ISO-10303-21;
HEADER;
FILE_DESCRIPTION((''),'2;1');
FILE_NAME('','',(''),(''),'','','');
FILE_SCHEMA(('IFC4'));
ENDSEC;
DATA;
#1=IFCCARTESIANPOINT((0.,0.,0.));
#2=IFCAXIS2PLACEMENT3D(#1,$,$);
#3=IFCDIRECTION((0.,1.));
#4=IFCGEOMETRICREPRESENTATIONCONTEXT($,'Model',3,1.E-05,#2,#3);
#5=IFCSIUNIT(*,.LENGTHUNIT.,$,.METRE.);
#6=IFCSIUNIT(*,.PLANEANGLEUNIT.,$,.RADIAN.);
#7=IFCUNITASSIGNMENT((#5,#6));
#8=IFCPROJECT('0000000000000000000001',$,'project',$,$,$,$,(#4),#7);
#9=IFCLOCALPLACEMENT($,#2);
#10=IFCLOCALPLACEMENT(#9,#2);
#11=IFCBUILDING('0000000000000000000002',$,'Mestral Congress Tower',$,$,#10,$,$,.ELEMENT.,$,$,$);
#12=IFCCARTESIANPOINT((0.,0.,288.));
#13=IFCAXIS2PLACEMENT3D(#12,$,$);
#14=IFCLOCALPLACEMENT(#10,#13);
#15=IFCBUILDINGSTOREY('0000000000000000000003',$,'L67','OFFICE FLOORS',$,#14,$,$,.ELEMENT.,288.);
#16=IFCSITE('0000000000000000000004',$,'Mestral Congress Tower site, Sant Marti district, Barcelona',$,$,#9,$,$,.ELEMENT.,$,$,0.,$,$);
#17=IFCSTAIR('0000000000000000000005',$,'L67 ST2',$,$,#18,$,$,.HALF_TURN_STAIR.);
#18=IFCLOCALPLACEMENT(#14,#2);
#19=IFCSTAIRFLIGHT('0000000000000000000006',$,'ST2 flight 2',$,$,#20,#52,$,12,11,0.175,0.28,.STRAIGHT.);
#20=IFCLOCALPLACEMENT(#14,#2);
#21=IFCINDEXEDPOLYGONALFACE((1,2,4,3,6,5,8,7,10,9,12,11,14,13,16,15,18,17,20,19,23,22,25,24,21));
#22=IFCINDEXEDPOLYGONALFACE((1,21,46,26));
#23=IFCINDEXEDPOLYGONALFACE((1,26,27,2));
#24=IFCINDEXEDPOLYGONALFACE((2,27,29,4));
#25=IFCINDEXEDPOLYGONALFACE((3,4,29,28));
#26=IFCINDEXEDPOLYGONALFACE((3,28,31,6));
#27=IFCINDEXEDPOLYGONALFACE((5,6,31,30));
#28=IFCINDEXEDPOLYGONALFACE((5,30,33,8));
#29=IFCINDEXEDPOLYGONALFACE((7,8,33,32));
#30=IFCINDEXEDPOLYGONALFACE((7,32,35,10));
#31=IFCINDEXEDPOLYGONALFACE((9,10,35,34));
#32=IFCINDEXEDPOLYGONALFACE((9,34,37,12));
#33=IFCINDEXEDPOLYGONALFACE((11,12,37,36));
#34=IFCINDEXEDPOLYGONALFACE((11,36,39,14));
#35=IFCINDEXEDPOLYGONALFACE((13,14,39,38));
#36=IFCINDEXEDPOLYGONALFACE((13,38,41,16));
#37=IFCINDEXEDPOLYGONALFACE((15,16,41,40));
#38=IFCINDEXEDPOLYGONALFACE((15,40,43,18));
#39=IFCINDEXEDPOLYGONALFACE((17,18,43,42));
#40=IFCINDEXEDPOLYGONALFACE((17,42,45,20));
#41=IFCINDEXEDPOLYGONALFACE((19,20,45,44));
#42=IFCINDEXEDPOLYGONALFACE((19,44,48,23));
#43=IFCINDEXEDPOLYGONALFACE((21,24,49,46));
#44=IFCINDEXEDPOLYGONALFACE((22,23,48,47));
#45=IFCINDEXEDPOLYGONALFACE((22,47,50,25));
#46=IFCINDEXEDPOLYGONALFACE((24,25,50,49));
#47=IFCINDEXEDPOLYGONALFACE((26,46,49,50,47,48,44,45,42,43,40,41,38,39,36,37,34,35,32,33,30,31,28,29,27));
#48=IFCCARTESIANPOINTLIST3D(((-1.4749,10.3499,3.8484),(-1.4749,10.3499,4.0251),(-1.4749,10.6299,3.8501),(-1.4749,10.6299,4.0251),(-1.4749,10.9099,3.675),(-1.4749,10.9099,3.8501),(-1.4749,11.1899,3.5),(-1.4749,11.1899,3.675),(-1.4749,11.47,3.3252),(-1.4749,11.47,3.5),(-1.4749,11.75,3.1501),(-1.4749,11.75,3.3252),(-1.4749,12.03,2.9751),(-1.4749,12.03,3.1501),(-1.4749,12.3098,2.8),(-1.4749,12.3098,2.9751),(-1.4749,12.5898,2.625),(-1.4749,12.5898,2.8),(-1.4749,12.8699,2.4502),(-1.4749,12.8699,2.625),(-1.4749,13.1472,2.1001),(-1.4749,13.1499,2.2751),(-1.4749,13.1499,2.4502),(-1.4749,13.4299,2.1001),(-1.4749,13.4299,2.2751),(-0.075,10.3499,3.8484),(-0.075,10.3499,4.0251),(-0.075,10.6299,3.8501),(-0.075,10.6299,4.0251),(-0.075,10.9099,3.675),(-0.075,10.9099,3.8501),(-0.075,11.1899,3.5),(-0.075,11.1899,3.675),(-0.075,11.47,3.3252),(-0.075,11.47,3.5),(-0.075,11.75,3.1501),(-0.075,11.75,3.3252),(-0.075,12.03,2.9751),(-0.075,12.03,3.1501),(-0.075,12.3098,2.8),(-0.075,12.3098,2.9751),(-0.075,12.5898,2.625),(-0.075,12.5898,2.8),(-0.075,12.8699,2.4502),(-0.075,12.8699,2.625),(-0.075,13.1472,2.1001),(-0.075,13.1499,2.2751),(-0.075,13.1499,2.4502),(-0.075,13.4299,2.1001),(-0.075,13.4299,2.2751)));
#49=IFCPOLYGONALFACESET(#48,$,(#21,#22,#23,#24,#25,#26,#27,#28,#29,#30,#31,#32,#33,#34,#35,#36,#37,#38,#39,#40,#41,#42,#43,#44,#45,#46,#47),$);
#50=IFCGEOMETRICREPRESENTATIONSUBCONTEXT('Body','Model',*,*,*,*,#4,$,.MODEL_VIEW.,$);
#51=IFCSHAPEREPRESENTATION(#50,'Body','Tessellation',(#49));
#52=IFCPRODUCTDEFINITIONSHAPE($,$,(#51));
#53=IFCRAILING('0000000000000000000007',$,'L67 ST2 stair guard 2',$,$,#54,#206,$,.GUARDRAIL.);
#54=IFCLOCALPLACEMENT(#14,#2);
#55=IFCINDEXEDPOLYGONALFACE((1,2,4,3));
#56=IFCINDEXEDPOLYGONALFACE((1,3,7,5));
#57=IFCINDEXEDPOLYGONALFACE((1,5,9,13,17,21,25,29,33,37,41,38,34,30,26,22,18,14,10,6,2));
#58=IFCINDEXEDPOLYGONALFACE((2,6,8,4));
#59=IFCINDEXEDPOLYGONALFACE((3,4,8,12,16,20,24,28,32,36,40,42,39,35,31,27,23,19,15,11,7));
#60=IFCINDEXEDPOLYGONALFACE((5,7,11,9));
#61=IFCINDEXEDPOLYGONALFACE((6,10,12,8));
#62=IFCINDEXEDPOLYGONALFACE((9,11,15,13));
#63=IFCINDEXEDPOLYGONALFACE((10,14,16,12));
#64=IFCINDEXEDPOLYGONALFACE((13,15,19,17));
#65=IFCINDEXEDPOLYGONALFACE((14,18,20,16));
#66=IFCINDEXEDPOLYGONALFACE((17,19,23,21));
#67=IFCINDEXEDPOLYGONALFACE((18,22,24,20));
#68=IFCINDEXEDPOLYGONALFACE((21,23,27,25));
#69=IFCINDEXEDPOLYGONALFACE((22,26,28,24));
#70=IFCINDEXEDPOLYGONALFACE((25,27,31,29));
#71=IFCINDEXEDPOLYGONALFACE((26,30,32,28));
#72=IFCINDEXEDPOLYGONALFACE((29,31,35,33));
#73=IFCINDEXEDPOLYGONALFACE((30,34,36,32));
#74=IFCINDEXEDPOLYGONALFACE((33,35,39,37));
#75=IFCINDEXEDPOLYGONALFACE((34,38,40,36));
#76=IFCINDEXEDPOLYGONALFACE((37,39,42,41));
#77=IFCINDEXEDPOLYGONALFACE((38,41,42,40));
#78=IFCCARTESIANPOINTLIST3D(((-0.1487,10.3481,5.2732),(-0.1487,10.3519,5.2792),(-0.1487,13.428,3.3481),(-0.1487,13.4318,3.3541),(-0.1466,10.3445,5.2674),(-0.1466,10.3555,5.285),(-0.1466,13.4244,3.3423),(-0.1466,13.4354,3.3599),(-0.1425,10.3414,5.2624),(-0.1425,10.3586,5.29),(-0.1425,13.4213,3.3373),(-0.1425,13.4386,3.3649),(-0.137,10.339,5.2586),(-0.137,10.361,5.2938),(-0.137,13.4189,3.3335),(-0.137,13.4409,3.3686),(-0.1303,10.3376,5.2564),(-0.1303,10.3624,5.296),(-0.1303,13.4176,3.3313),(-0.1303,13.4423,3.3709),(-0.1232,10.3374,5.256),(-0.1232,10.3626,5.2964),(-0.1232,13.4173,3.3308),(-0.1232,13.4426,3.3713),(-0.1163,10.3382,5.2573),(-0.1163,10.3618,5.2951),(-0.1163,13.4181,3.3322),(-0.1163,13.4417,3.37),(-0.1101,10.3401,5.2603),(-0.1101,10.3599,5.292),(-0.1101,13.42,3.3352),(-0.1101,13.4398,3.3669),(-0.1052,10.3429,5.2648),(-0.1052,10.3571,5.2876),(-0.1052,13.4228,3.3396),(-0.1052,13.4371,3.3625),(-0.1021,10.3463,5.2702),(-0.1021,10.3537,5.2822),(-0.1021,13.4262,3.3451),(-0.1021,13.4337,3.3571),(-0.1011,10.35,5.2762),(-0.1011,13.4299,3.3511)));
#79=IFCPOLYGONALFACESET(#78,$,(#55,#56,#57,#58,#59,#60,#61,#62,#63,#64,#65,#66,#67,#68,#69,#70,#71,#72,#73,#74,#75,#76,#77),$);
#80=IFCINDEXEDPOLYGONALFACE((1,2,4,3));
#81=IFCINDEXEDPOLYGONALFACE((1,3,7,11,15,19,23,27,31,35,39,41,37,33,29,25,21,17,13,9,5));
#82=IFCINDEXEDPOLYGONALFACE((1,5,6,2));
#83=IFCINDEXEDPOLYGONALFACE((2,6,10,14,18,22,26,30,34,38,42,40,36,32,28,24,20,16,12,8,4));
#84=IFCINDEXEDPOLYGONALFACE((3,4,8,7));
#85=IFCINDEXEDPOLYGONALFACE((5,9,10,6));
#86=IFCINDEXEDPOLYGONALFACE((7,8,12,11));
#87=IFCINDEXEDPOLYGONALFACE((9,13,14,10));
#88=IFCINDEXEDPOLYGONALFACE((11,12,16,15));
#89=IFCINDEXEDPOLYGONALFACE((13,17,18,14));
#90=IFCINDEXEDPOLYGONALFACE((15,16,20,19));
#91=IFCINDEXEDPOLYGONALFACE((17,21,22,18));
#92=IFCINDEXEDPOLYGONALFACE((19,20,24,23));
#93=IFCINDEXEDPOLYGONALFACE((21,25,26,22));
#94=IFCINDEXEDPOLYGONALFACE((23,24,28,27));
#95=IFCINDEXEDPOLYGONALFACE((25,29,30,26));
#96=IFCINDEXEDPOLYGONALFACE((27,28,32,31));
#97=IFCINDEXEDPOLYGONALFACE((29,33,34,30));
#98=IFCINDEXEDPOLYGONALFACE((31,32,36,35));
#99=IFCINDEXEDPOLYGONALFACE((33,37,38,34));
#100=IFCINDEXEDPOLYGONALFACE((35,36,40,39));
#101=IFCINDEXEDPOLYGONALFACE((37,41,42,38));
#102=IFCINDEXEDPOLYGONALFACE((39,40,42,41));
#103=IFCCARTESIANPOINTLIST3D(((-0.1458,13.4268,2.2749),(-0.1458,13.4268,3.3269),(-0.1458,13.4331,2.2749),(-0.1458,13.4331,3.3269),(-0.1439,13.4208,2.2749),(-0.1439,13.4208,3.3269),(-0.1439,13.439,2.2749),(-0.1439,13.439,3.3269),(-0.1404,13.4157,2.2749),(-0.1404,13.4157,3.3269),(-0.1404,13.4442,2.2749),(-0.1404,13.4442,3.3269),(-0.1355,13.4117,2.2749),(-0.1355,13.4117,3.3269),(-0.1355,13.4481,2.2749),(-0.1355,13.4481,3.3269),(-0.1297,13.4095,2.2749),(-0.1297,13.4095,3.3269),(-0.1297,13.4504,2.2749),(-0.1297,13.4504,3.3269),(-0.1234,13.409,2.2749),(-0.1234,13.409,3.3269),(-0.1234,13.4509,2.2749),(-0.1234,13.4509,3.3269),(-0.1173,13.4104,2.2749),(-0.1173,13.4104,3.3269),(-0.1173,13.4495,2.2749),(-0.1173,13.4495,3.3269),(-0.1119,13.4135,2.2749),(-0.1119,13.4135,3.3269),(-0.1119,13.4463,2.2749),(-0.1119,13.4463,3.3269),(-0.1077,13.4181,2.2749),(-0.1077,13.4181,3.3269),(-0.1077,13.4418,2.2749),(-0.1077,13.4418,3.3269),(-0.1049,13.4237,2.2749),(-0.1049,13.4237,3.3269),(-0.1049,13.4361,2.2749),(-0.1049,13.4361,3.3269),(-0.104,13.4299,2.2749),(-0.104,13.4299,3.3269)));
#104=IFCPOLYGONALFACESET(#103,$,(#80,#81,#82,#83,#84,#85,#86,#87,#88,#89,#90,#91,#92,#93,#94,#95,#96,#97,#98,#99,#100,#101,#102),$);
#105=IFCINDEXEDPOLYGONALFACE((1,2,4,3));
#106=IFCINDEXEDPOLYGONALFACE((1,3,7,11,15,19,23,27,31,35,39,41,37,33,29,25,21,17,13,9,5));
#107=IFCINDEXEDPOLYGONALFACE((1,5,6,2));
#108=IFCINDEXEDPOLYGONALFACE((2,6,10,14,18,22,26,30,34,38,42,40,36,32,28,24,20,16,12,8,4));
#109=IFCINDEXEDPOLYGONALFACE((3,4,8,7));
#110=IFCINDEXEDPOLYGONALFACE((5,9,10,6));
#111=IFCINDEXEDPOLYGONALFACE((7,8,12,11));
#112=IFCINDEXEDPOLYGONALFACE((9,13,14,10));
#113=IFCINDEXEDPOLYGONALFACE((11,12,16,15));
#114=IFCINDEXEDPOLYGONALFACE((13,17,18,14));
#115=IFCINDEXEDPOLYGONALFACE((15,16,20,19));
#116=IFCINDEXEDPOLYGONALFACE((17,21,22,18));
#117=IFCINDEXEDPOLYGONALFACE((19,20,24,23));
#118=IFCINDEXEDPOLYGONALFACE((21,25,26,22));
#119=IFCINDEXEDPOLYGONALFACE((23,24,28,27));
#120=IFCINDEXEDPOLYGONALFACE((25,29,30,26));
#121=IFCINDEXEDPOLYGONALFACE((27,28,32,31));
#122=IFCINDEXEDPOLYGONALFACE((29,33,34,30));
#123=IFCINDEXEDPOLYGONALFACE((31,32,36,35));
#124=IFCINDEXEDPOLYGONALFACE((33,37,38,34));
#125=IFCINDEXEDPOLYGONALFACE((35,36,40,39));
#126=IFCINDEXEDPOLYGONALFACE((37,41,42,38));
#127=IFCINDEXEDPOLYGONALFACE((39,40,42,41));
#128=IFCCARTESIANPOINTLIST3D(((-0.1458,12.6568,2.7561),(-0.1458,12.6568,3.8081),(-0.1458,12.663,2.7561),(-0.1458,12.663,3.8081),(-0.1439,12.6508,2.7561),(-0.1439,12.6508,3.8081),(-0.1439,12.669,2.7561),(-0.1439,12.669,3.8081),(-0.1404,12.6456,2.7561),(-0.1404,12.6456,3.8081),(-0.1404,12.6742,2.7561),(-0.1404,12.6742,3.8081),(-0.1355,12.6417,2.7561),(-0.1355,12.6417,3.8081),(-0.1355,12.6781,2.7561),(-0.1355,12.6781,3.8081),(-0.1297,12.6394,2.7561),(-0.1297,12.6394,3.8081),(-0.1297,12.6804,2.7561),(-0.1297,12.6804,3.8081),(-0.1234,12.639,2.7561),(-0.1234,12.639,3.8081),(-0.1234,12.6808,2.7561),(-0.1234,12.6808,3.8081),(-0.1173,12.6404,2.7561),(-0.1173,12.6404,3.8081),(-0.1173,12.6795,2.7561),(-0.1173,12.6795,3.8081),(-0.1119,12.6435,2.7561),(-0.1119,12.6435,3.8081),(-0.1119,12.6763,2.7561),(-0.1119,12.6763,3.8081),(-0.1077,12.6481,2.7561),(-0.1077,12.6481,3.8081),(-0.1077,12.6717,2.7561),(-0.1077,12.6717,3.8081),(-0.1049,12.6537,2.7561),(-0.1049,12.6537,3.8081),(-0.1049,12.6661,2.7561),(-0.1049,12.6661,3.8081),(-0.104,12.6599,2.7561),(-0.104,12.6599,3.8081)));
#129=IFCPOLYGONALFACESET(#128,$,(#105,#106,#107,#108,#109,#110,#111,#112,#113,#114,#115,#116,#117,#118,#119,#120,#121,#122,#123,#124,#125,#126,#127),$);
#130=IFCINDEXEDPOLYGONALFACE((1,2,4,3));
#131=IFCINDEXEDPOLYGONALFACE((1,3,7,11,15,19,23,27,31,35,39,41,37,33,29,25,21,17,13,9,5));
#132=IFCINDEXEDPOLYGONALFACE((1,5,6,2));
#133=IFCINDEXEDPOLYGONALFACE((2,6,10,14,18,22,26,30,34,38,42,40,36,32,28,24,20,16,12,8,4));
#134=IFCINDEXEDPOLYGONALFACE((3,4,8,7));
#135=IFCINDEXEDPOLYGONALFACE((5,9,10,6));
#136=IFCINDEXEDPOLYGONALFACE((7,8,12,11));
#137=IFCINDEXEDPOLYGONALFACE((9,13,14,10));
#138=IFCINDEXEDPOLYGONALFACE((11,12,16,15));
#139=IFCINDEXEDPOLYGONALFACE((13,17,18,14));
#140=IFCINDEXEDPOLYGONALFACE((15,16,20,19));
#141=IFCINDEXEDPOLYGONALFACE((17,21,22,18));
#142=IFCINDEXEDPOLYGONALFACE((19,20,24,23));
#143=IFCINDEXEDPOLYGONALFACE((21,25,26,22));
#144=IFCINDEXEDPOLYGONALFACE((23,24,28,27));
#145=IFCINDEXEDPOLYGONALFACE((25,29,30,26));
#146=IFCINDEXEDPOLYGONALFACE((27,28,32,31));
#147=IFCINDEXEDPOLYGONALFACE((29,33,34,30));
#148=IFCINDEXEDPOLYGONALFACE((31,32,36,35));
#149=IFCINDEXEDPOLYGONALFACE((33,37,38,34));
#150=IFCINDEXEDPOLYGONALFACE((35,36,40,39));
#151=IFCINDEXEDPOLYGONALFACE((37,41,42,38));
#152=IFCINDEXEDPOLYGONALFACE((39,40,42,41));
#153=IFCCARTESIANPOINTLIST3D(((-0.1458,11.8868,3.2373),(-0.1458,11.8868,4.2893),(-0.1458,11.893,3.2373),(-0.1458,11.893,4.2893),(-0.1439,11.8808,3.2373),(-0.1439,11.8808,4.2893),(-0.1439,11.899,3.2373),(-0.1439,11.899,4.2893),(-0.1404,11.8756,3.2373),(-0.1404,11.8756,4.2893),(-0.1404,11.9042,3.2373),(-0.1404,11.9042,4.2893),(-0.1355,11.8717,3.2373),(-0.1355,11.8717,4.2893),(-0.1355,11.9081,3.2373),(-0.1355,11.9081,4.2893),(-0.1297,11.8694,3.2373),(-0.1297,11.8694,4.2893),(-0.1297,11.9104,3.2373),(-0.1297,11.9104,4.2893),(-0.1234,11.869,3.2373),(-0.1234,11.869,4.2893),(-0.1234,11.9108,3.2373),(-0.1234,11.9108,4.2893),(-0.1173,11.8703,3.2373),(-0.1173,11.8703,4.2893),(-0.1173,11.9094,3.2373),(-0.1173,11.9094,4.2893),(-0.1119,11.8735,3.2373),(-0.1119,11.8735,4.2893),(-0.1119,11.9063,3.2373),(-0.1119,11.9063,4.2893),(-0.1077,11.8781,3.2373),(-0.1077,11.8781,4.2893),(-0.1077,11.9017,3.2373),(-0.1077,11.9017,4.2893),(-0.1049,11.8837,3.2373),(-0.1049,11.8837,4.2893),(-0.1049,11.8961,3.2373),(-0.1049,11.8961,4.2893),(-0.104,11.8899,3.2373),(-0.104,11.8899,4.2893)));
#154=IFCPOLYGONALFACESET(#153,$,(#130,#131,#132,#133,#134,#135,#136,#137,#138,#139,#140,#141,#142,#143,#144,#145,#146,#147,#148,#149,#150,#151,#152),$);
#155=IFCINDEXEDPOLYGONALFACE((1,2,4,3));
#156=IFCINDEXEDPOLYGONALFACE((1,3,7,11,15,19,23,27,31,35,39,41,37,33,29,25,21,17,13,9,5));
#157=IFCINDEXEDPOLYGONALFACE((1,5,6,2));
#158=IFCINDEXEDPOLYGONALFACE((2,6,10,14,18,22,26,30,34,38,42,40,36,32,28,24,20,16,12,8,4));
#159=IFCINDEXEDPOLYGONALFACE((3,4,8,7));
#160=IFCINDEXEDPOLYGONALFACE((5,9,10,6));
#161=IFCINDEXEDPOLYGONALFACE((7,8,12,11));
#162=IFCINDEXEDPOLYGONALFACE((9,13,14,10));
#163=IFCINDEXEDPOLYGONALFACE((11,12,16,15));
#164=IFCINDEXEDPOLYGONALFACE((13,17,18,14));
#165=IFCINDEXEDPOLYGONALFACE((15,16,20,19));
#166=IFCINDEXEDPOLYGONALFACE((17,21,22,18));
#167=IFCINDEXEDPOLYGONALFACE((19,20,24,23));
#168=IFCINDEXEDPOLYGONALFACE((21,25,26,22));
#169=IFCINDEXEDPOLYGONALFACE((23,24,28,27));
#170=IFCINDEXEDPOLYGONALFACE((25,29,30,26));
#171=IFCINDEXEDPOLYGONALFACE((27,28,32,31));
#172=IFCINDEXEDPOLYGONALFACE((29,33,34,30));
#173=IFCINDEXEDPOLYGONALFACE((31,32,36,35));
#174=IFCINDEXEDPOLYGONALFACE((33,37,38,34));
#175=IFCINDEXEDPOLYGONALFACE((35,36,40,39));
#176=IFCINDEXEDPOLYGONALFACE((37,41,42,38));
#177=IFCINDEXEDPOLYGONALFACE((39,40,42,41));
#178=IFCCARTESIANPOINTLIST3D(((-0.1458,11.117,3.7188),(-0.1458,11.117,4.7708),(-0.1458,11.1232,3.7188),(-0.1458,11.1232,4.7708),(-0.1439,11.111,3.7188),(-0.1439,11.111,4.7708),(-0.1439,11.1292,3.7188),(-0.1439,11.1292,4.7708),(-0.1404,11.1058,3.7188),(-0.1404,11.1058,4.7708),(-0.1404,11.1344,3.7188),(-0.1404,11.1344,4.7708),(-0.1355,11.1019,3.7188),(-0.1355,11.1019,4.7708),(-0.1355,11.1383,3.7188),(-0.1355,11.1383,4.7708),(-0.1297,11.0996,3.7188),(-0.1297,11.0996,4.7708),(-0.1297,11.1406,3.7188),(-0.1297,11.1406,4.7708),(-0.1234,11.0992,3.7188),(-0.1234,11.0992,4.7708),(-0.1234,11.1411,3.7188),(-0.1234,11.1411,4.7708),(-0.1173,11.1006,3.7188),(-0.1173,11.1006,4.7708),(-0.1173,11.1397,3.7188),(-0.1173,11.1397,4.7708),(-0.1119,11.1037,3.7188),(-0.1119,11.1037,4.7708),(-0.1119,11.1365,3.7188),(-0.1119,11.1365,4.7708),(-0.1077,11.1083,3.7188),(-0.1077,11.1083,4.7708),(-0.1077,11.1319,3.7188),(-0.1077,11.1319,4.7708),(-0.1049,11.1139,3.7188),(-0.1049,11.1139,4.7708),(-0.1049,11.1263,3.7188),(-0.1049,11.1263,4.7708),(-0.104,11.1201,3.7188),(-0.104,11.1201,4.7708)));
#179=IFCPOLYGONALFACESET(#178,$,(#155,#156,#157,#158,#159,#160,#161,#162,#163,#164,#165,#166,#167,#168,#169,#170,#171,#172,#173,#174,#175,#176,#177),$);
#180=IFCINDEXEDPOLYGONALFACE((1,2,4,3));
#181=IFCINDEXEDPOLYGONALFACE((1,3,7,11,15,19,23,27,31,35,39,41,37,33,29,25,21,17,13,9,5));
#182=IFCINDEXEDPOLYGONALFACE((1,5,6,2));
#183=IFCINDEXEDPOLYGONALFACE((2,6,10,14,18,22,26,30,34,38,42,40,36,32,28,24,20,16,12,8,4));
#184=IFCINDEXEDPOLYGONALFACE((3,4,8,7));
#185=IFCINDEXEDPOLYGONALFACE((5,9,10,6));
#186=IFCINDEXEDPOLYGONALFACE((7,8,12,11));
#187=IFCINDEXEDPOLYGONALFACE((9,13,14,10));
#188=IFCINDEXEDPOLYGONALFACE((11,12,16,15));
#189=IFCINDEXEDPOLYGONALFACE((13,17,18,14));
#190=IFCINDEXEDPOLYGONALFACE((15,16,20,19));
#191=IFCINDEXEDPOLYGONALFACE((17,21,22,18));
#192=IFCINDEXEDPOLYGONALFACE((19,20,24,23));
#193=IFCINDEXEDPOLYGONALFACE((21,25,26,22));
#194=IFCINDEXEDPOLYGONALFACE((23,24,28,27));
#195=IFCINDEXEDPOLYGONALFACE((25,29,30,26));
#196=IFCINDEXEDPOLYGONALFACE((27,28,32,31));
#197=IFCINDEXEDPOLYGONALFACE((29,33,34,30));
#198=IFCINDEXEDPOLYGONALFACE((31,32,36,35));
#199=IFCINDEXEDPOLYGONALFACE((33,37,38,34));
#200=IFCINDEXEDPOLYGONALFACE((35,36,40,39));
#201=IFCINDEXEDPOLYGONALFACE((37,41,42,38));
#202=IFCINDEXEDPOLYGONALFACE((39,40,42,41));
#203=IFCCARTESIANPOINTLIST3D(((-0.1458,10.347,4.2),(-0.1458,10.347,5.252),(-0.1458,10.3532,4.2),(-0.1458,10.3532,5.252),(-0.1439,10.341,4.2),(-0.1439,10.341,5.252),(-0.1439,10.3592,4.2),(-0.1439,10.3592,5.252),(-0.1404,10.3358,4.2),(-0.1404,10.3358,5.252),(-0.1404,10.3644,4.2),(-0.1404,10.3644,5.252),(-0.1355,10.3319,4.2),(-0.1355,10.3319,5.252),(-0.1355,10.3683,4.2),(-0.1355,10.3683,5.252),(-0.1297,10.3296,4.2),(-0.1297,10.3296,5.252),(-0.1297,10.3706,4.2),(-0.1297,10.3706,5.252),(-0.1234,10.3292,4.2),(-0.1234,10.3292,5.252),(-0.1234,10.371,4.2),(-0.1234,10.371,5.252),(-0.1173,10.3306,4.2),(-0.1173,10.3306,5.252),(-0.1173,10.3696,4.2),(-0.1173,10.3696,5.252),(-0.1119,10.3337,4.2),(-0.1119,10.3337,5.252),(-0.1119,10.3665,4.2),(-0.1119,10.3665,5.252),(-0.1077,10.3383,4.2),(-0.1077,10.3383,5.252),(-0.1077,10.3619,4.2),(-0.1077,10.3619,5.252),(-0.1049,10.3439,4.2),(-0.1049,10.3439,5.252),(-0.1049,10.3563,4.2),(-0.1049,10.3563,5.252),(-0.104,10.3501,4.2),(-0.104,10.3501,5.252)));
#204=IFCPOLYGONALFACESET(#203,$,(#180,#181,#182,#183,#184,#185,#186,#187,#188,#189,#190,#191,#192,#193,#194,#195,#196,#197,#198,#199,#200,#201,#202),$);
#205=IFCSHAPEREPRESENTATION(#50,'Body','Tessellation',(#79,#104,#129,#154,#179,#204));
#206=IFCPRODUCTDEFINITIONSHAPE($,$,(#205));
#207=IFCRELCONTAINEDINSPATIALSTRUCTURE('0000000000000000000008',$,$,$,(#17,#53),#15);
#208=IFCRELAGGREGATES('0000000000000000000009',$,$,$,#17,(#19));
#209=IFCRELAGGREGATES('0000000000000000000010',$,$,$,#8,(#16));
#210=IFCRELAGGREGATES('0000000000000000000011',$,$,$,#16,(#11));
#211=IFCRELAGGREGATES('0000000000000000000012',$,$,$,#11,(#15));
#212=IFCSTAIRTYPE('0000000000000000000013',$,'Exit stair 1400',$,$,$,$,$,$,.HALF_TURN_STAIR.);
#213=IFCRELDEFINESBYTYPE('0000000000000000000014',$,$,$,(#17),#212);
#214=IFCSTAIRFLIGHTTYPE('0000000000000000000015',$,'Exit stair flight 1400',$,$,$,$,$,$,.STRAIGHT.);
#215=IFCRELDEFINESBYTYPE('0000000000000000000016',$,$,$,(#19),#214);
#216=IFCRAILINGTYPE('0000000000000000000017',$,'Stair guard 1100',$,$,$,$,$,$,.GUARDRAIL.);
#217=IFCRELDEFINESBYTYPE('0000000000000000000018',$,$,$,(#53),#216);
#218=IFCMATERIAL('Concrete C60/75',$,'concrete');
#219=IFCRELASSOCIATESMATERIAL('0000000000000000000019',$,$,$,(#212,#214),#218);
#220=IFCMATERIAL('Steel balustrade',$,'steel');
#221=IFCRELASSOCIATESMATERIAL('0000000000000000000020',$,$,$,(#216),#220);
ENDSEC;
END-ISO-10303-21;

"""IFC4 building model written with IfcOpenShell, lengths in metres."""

from ifc_helpers import new_model, si_unit, direction, frame, origin, origin_2d, place, context, subcontext, project, spatial, polyline, circle, outline, extrude, material, type_object, element, aggregate, save


model = new_model("IFC4")

# Units and contexts
model_context = context("Model", 3, precision=1e-05, world=origin(), true_north=direction((0.0, 1.0)))
body_context = subcontext(model_context, "Body", "Model", "MODEL_VIEW")
ifc_project = project(units=[si_unit("LENGTHUNIT", "METRE"), si_unit("PLANEANGLEUNIT", "RADIAN")], contexts=[model_context])

# Site, building, storey
site_placement = place(None, origin())
site = spatial("IfcSite", under=ifc_project, at=site_placement, Name="Mestral Congress Tower site, Sant Marti district, Barcelona", CompositionType="ELEMENT", RefElevation=0.0)
building_placement = place(site_placement, origin())
building = spatial("IfcBuilding", under=site, at=building_placement, Name="Mestral Congress Tower", CompositionType="ELEMENT")
storey_placement = place(building_placement, frame((0.0, 0.0, 288.0)))
storey = spatial("IfcBuildingStorey", under=building, at=storey_placement, Name="L67", Description="OFFICE FLOORS", CompositionType="ELEMENT", Elevation=288.0)

# Shared definitions
ifc_material_1 = material(Name="Concrete C60/75", Category="concrete")

# Stair, stair flight
stair_type = type_object("IfcStairType", Name="Exit stair 1400", PredefinedType="HALF_TURN_STAIR", material=ifc_material_1)
stair_placement = place(storey_placement, origin())
stair = element("IfcStair", 1, at=stair_placement, inside=storey, type_object=stair_type, Name="L67 ST2", PredefinedType="HALF_TURN_STAIR")
stair_flight_type = type_object("IfcStairFlightType", Name="Exit stair flight 1400", PredefinedType="STRAIGHT", material=ifc_material_1)
stair_flight_placement = place(storey_placement, frame((-0.7749, 13.4299, 2.1001), z_axis=(0.0, 0.0, 1.0), x_axis=(0.0, -1.0, 0.0)))
stair_flight = element("IfcStairFlight", 2, at=stair_flight_placement, type_object=stair_flight_type, Name="ST2 flight 2", NumberOfRisers=12, NumberOfTreads=11, PredefinedType="STRAIGHT", RiserHeight=0.175, TreadLength=0.28, context=body_context, shape_type="SweptSolid", body=[
    extrude(outline(polyline([(0.0, 0.0), (0.0, 0.175), (0.28, 0.175), (0.28, 0.3501), (0.5601, 0.3501), (0.5601, 0.5249), (0.8401, 0.5249), (0.8401, 0.7), (1.1201, 0.7), (1.1201, 0.875), (1.3999, 0.875), (1.3999, 1.05), (1.6799, 1.05), (1.6799, 1.2251), (1.96, 1.2251), (1.96, 1.3999), (2.24, 1.3999), (2.24, 1.575), (2.52, 1.575), (2.52, 1.75), (2.8, 1.75), (2.8, 1.925), (3.0801, 1.925), (3.0801, 2.1001), (3.0801, 1.7483), (0.2827, 0.0), (0.0, 0.0)])), frame((0.0, 0.7, 0.0), z_axis=(0.0, -1.0, 0.0), x_axis=(1.0, 0.0, 0.0)), (0.0, 0.0, 1.0), 1.3999),
])
aggregate(stair, [stair_flight])

# Railing
ifc_material_2 = material(Name="Steel balustrade", Category="steel")
railing_type = type_object("IfcRailingType", Name="Stair guard 1100", PredefinedType="GUARDRAIL", material=ifc_material_2)
railing_placement = place(storey_placement, frame((-0.125, 13.4299, 2.2749)))
element("IfcRailing", 3, at=railing_placement, inside=storey, type_object=railing_type, Name="L67 ST2 stair guard 2", PredefinedType="GUARDRAIL", context=body_context, shape_type="SweptSolid", body=[
    extrude(circle(Radius=0.0239, at=origin_2d()), frame((0.0, 0.0, 1.0762), z_axis=(0.0, -0.847979, 0.530029), x_axis=(1.0, 0.0, 0.0)), (0.0, 0.0, 1.0), 3.6321),
    extrude(circle(Radius=0.021, at=origin_2d()), origin(), (0.0, 0.0, 1.0), 1.052),
    extrude(circle(Radius=0.021, at=origin_2d()), frame((0.0, -0.77, 0.4812)), (0.0, 0.0, 1.0), 1.052),
    extrude(circle(Radius=0.021, at=origin_2d()), frame((0.0, -1.54, 0.9624)), (0.0, 0.0, 1.0), 1.052),
    extrude(circle(Radius=0.021, at=origin_2d()), frame((0.0, -2.3098, 1.4438)), (0.0, 0.0, 1.0), 1.052),
    extrude(circle(Radius=0.021, at=origin_2d()), frame((0.0, -3.0798, 1.925)), (0.0, 0.0, 1.0), 1.052),
])

save(model, "model.ifc")
